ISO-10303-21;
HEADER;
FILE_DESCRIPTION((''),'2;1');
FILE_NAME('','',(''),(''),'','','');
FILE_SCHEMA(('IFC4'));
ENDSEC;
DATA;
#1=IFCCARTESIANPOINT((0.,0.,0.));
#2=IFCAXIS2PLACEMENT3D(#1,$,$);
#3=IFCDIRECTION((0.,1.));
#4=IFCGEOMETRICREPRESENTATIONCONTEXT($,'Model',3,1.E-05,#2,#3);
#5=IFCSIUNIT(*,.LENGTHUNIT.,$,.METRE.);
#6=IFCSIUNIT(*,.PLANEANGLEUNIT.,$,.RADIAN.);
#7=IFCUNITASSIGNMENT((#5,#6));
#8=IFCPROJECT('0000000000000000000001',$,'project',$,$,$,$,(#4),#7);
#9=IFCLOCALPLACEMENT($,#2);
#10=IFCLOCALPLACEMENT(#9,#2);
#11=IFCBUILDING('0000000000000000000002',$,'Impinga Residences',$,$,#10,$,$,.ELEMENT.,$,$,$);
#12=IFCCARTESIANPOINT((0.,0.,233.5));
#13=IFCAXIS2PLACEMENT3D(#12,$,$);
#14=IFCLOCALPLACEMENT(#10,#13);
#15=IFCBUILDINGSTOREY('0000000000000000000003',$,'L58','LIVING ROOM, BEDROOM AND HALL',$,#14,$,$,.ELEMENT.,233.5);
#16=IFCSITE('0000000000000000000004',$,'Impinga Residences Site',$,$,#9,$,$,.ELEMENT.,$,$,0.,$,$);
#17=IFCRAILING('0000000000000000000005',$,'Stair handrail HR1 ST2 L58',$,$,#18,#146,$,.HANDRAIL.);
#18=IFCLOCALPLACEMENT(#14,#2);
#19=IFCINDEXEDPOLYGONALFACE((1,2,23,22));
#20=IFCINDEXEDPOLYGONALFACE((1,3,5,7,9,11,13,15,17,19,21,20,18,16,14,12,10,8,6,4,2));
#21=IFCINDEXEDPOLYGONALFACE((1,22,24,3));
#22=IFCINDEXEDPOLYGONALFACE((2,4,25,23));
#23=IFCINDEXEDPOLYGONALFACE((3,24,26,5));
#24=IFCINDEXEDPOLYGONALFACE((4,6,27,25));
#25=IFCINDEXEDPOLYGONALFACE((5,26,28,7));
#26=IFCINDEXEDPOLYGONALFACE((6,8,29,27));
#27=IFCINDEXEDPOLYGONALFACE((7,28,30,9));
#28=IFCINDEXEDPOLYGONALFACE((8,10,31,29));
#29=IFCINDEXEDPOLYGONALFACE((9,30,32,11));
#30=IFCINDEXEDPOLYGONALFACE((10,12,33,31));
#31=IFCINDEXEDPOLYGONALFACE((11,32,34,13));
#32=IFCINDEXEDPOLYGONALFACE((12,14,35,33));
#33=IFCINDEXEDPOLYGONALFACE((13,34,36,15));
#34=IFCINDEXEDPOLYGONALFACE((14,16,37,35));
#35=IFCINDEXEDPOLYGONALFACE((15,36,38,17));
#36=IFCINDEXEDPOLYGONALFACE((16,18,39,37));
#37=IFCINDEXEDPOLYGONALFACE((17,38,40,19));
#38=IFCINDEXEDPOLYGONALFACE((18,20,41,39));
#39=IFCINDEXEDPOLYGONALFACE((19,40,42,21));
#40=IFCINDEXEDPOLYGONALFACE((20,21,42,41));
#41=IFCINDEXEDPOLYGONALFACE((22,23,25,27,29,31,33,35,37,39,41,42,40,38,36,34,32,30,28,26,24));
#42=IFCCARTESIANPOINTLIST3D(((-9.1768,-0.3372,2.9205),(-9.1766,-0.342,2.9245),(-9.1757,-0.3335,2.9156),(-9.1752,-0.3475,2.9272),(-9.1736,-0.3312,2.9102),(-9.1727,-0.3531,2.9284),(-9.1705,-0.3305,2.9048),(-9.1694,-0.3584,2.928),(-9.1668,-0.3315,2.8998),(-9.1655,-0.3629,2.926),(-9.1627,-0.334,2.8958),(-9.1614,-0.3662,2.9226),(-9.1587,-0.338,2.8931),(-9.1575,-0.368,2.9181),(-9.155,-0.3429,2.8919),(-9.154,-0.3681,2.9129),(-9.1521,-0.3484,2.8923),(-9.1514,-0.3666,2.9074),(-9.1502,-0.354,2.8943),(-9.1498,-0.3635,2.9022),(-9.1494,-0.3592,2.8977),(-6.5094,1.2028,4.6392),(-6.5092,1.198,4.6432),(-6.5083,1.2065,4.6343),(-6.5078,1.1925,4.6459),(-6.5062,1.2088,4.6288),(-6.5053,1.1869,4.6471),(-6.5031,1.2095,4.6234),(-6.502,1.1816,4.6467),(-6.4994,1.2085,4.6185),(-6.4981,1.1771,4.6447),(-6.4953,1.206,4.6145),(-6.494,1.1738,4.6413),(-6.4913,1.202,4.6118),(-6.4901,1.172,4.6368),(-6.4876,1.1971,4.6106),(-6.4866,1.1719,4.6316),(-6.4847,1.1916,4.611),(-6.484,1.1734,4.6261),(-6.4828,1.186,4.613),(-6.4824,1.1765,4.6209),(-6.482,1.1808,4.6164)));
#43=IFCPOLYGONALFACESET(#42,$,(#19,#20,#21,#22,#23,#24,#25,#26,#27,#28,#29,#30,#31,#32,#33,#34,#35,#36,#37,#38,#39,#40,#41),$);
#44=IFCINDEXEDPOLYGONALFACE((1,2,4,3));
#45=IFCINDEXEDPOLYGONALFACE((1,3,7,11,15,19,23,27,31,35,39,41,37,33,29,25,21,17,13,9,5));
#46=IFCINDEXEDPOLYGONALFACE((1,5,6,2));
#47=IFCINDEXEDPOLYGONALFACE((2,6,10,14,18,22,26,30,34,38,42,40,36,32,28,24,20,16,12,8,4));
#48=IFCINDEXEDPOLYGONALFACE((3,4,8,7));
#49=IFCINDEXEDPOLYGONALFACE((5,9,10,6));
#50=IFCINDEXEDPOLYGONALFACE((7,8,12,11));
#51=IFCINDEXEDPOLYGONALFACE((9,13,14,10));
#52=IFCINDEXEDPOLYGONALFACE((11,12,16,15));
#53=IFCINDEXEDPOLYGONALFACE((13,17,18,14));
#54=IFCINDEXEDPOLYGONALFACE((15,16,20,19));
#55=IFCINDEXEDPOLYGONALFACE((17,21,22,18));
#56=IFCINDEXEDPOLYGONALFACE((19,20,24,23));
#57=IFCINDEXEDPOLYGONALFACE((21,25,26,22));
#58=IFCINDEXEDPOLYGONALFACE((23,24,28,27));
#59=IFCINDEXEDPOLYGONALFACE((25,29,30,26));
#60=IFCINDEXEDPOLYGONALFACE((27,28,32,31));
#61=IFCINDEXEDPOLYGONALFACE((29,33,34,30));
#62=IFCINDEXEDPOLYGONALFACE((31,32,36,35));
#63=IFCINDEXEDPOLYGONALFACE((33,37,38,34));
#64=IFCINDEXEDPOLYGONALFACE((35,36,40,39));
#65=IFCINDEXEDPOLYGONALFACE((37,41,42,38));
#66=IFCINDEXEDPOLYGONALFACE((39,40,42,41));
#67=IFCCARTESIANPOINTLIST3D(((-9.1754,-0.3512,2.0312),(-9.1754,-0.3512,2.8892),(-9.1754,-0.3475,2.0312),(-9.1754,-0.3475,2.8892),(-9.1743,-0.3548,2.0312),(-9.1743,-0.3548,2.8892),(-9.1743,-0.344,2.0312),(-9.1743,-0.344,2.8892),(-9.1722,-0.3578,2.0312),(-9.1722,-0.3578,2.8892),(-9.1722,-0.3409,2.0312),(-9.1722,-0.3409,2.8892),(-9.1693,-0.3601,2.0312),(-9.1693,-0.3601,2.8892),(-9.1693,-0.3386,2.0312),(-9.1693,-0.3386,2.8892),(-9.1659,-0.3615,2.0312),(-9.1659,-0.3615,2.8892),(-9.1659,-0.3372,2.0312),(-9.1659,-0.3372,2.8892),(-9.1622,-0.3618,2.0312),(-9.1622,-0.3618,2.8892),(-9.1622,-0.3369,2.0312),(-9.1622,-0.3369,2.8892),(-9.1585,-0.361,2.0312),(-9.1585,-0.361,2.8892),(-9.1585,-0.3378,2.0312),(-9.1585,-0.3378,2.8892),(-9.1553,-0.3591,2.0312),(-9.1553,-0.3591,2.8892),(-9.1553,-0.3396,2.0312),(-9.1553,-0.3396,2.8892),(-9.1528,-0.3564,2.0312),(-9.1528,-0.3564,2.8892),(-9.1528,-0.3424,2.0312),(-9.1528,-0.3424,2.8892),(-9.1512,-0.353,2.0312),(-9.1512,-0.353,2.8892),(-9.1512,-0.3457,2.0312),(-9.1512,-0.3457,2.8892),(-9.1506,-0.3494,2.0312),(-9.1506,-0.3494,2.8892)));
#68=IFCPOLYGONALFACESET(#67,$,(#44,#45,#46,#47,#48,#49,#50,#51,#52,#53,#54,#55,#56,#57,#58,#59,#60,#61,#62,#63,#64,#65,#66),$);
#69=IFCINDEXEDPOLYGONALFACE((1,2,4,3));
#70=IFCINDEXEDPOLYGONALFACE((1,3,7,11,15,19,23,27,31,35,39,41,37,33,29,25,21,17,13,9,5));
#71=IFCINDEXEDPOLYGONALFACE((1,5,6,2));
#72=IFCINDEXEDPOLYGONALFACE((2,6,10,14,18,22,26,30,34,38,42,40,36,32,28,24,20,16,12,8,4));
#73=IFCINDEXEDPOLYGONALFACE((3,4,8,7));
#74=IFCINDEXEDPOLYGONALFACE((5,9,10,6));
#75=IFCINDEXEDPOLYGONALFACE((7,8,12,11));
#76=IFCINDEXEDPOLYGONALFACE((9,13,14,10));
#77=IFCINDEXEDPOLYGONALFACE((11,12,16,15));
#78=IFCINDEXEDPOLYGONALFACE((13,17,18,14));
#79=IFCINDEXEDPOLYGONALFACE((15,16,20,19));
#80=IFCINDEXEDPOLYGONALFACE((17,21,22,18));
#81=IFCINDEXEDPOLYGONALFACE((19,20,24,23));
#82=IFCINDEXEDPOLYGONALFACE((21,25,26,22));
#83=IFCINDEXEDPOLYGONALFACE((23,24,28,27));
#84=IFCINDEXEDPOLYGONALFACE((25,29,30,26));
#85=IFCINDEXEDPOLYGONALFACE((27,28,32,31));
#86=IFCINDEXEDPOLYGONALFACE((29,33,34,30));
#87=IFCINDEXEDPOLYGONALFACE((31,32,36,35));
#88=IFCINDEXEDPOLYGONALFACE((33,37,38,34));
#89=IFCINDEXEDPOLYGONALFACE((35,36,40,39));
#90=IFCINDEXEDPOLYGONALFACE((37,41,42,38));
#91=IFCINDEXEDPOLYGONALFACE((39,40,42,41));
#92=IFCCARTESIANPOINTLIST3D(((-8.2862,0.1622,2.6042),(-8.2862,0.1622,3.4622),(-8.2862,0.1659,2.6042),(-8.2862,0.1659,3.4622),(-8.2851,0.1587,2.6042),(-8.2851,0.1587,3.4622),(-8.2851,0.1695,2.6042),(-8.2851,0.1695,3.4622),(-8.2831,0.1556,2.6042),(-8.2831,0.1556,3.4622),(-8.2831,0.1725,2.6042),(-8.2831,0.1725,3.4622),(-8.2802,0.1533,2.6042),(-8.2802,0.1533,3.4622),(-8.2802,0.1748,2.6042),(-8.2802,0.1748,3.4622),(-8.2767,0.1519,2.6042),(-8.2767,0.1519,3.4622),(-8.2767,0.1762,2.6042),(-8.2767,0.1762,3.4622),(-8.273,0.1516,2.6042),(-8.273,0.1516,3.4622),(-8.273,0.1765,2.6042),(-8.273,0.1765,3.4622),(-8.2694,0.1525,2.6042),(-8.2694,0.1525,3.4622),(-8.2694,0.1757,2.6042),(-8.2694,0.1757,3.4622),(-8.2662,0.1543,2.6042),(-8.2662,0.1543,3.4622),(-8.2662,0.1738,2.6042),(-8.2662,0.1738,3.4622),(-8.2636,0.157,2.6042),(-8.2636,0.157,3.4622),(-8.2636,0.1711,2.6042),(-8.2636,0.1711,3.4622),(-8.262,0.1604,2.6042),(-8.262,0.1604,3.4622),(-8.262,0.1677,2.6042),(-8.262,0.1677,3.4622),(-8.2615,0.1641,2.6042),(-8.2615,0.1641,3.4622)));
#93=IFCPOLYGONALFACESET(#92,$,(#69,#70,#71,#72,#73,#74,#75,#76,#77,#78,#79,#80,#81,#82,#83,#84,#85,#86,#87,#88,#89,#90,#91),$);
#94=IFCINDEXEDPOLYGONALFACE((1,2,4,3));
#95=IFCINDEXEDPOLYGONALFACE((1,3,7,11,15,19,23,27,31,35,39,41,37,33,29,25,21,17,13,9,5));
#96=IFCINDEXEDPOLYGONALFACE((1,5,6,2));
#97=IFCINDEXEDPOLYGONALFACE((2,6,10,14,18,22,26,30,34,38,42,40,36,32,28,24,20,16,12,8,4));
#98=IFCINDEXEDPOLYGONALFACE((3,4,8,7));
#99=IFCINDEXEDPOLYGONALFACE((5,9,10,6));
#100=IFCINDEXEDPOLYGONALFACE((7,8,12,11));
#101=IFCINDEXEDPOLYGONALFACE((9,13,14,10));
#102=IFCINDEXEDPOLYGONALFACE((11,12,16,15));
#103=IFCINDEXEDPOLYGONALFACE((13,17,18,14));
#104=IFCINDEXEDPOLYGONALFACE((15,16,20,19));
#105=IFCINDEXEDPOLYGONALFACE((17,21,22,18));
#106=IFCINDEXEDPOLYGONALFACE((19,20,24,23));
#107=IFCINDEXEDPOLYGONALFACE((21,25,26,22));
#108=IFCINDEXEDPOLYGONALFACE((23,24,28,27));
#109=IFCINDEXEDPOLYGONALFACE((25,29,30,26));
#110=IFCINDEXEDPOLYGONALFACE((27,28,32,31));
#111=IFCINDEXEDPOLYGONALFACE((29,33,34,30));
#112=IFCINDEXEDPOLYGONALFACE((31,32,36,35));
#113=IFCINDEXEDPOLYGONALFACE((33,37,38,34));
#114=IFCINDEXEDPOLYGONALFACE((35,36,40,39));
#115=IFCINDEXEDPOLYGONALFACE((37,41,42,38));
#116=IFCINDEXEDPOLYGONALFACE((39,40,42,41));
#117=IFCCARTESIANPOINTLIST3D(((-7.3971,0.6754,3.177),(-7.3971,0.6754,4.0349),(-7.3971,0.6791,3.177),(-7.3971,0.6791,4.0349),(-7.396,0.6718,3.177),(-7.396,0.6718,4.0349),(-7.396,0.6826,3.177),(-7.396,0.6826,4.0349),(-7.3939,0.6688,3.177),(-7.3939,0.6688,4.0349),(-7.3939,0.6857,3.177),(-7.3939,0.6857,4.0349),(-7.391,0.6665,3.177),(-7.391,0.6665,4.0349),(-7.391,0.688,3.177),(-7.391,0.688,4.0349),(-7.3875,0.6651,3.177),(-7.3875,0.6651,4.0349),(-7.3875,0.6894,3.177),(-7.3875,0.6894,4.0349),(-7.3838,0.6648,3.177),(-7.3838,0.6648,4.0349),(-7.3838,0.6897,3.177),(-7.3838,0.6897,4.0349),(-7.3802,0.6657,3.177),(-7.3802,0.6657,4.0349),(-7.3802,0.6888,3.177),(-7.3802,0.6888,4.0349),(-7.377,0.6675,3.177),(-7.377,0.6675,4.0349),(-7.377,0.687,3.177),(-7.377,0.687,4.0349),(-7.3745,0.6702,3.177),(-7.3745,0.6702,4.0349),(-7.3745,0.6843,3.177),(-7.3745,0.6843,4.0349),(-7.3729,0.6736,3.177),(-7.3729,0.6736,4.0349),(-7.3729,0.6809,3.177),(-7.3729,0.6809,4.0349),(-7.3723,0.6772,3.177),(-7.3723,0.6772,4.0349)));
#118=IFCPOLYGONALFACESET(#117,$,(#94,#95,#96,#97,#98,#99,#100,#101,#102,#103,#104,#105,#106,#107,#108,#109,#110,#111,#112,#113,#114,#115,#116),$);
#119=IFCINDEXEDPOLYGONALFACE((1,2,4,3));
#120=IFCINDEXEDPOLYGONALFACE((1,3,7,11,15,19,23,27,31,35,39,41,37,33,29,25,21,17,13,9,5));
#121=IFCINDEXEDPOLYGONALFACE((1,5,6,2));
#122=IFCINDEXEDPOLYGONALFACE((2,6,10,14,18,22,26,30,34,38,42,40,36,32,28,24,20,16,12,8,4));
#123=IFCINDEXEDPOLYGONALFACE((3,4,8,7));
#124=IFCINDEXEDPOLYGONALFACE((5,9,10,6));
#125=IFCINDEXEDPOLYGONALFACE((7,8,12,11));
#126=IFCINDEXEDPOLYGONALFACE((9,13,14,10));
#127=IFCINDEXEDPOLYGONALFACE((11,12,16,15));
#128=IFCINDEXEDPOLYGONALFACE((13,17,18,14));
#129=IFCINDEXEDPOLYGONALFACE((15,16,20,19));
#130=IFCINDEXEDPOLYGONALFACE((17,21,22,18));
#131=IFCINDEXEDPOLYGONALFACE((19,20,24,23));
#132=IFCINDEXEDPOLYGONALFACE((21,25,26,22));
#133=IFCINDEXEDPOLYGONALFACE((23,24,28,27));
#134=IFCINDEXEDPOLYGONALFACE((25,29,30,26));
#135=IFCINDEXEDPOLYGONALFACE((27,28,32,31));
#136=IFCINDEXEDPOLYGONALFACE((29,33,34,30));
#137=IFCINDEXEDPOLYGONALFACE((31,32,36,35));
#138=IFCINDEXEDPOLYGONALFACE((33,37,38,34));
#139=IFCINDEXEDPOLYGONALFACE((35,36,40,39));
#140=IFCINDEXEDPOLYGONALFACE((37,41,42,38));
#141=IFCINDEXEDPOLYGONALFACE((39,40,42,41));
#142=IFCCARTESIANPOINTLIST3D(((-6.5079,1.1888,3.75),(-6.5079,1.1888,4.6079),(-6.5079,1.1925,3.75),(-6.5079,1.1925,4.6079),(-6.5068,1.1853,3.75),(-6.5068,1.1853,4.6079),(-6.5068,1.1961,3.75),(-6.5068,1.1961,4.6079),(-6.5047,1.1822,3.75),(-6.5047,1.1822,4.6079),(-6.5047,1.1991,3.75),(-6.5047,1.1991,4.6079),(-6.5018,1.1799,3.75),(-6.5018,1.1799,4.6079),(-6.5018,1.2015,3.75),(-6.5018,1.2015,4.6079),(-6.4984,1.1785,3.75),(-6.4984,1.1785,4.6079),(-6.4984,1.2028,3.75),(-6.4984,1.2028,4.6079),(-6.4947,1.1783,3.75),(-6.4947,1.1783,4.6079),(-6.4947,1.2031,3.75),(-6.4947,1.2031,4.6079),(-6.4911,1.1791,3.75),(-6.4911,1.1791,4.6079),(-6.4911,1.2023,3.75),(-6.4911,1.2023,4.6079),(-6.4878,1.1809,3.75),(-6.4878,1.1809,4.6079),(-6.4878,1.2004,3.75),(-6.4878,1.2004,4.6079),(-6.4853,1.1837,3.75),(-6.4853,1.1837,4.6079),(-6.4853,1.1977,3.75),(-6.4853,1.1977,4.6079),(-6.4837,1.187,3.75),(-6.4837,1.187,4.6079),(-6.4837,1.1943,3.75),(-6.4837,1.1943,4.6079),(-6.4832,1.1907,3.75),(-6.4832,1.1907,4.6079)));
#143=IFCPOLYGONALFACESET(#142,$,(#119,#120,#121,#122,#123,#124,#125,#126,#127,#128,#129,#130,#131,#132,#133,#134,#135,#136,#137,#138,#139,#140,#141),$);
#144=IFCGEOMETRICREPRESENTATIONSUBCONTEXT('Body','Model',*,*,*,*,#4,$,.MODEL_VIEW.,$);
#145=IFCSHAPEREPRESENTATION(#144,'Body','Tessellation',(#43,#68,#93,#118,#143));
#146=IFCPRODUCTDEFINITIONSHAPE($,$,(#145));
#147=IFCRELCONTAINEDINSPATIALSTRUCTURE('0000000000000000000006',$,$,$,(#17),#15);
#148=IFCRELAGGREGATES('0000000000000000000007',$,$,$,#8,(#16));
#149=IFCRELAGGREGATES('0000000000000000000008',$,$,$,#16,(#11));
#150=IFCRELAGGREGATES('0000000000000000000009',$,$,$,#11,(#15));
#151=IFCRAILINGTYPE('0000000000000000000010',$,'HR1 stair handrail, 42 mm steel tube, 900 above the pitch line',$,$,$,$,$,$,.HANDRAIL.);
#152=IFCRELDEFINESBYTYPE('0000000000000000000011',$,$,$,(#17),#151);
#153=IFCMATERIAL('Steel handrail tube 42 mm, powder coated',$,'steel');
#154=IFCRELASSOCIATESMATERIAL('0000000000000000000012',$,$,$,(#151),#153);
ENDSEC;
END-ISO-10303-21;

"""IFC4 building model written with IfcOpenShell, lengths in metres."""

from ifc_helpers import new_model, si_unit, direction, frame, origin, origin_2d, place, context, subcontext, project, spatial, circle, extrude, material, type_object, element, save


model = new_model("IFC4")

# Units and contexts
model_context = context("Model", 3, precision=1e-05, world=origin(), true_north=direction((0.0, 1.0)))
body_context = subcontext(model_context, "Body", "Model", "MODEL_VIEW")
ifc_project = project(units=[si_unit("LENGTHUNIT", "METRE"), si_unit("PLANEANGLEUNIT", "RADIAN")], contexts=[model_context])

# Site, building, storey
site_placement = place(None, origin())
site = spatial("IfcSite", under=ifc_project, at=site_placement, Name="Impinga Residences Site", CompositionType="ELEMENT", RefElevation=0.0)
building_placement = place(site_placement, origin())
building = spatial("IfcBuilding", under=site, at=building_placement, Name="Impinga Residences", CompositionType="ELEMENT")
storey_placement = place(building_placement, frame((0.0, 0.0, 233.5)))
storey = spatial("IfcBuildingStorey", under=building, at=storey_placement, Name="L58", Description="LIVING ROOM, BEDROOM AND HALL", CompositionType="ELEMENT", Elevation=233.5)

# Railing
ifc_material_1 = material(Name="Steel handrail tube 42 mm, powder coated", Category="steel")
railing_type = type_object("IfcRailingType", Name="HR1 stair handrail, 42 mm steel tube, 900 above the pitch line", PredefinedType="HANDRAIL", material=ifc_material_1)
railing_1_placement = place(storey_placement, frame((-9.1631, -0.3494, 2.0312)))
element("IfcRailing", 1, at=railing_1_placement, inside=storey, type_object=railing_type, Name="Stair handrail HR1 ST2 L58", PredefinedType="HANDRAIL", context=body_context, shape_type="SweptSolid", body=[
    extrude(circle(Radius=0.021, at=origin_2d()), frame((0.0, 0.0, 0.8789), z_axis=(0.756256, 0.436616, 0.487282), x_axis=(-0.499992, 0.86603, 0.0)), (0.0, 0.0, 1.0), 3.5271),
    extrude(circle(Radius=0.0125, at=origin_2d()), origin(), (0.0, 0.0, 1.0), 0.8579),
    extrude(circle(Radius=0.0125, at=origin_2d()), frame((0.8892, 0.5134, 0.573)), (0.0, 0.0, 1.0), 0.8579),
    extrude(circle(Radius=0.0125, at=origin_2d()), frame((1.7783, 1.0266, 1.1458)), (0.0, 0.0, 1.0), 0.8579),
    extrude(circle(Radius=0.0125, at=origin_2d()), frame((2.6675, 1.54, 1.7188)), (0.0, 0.0, 1.0), 0.8579),
])

save(model, "model.ifc")
